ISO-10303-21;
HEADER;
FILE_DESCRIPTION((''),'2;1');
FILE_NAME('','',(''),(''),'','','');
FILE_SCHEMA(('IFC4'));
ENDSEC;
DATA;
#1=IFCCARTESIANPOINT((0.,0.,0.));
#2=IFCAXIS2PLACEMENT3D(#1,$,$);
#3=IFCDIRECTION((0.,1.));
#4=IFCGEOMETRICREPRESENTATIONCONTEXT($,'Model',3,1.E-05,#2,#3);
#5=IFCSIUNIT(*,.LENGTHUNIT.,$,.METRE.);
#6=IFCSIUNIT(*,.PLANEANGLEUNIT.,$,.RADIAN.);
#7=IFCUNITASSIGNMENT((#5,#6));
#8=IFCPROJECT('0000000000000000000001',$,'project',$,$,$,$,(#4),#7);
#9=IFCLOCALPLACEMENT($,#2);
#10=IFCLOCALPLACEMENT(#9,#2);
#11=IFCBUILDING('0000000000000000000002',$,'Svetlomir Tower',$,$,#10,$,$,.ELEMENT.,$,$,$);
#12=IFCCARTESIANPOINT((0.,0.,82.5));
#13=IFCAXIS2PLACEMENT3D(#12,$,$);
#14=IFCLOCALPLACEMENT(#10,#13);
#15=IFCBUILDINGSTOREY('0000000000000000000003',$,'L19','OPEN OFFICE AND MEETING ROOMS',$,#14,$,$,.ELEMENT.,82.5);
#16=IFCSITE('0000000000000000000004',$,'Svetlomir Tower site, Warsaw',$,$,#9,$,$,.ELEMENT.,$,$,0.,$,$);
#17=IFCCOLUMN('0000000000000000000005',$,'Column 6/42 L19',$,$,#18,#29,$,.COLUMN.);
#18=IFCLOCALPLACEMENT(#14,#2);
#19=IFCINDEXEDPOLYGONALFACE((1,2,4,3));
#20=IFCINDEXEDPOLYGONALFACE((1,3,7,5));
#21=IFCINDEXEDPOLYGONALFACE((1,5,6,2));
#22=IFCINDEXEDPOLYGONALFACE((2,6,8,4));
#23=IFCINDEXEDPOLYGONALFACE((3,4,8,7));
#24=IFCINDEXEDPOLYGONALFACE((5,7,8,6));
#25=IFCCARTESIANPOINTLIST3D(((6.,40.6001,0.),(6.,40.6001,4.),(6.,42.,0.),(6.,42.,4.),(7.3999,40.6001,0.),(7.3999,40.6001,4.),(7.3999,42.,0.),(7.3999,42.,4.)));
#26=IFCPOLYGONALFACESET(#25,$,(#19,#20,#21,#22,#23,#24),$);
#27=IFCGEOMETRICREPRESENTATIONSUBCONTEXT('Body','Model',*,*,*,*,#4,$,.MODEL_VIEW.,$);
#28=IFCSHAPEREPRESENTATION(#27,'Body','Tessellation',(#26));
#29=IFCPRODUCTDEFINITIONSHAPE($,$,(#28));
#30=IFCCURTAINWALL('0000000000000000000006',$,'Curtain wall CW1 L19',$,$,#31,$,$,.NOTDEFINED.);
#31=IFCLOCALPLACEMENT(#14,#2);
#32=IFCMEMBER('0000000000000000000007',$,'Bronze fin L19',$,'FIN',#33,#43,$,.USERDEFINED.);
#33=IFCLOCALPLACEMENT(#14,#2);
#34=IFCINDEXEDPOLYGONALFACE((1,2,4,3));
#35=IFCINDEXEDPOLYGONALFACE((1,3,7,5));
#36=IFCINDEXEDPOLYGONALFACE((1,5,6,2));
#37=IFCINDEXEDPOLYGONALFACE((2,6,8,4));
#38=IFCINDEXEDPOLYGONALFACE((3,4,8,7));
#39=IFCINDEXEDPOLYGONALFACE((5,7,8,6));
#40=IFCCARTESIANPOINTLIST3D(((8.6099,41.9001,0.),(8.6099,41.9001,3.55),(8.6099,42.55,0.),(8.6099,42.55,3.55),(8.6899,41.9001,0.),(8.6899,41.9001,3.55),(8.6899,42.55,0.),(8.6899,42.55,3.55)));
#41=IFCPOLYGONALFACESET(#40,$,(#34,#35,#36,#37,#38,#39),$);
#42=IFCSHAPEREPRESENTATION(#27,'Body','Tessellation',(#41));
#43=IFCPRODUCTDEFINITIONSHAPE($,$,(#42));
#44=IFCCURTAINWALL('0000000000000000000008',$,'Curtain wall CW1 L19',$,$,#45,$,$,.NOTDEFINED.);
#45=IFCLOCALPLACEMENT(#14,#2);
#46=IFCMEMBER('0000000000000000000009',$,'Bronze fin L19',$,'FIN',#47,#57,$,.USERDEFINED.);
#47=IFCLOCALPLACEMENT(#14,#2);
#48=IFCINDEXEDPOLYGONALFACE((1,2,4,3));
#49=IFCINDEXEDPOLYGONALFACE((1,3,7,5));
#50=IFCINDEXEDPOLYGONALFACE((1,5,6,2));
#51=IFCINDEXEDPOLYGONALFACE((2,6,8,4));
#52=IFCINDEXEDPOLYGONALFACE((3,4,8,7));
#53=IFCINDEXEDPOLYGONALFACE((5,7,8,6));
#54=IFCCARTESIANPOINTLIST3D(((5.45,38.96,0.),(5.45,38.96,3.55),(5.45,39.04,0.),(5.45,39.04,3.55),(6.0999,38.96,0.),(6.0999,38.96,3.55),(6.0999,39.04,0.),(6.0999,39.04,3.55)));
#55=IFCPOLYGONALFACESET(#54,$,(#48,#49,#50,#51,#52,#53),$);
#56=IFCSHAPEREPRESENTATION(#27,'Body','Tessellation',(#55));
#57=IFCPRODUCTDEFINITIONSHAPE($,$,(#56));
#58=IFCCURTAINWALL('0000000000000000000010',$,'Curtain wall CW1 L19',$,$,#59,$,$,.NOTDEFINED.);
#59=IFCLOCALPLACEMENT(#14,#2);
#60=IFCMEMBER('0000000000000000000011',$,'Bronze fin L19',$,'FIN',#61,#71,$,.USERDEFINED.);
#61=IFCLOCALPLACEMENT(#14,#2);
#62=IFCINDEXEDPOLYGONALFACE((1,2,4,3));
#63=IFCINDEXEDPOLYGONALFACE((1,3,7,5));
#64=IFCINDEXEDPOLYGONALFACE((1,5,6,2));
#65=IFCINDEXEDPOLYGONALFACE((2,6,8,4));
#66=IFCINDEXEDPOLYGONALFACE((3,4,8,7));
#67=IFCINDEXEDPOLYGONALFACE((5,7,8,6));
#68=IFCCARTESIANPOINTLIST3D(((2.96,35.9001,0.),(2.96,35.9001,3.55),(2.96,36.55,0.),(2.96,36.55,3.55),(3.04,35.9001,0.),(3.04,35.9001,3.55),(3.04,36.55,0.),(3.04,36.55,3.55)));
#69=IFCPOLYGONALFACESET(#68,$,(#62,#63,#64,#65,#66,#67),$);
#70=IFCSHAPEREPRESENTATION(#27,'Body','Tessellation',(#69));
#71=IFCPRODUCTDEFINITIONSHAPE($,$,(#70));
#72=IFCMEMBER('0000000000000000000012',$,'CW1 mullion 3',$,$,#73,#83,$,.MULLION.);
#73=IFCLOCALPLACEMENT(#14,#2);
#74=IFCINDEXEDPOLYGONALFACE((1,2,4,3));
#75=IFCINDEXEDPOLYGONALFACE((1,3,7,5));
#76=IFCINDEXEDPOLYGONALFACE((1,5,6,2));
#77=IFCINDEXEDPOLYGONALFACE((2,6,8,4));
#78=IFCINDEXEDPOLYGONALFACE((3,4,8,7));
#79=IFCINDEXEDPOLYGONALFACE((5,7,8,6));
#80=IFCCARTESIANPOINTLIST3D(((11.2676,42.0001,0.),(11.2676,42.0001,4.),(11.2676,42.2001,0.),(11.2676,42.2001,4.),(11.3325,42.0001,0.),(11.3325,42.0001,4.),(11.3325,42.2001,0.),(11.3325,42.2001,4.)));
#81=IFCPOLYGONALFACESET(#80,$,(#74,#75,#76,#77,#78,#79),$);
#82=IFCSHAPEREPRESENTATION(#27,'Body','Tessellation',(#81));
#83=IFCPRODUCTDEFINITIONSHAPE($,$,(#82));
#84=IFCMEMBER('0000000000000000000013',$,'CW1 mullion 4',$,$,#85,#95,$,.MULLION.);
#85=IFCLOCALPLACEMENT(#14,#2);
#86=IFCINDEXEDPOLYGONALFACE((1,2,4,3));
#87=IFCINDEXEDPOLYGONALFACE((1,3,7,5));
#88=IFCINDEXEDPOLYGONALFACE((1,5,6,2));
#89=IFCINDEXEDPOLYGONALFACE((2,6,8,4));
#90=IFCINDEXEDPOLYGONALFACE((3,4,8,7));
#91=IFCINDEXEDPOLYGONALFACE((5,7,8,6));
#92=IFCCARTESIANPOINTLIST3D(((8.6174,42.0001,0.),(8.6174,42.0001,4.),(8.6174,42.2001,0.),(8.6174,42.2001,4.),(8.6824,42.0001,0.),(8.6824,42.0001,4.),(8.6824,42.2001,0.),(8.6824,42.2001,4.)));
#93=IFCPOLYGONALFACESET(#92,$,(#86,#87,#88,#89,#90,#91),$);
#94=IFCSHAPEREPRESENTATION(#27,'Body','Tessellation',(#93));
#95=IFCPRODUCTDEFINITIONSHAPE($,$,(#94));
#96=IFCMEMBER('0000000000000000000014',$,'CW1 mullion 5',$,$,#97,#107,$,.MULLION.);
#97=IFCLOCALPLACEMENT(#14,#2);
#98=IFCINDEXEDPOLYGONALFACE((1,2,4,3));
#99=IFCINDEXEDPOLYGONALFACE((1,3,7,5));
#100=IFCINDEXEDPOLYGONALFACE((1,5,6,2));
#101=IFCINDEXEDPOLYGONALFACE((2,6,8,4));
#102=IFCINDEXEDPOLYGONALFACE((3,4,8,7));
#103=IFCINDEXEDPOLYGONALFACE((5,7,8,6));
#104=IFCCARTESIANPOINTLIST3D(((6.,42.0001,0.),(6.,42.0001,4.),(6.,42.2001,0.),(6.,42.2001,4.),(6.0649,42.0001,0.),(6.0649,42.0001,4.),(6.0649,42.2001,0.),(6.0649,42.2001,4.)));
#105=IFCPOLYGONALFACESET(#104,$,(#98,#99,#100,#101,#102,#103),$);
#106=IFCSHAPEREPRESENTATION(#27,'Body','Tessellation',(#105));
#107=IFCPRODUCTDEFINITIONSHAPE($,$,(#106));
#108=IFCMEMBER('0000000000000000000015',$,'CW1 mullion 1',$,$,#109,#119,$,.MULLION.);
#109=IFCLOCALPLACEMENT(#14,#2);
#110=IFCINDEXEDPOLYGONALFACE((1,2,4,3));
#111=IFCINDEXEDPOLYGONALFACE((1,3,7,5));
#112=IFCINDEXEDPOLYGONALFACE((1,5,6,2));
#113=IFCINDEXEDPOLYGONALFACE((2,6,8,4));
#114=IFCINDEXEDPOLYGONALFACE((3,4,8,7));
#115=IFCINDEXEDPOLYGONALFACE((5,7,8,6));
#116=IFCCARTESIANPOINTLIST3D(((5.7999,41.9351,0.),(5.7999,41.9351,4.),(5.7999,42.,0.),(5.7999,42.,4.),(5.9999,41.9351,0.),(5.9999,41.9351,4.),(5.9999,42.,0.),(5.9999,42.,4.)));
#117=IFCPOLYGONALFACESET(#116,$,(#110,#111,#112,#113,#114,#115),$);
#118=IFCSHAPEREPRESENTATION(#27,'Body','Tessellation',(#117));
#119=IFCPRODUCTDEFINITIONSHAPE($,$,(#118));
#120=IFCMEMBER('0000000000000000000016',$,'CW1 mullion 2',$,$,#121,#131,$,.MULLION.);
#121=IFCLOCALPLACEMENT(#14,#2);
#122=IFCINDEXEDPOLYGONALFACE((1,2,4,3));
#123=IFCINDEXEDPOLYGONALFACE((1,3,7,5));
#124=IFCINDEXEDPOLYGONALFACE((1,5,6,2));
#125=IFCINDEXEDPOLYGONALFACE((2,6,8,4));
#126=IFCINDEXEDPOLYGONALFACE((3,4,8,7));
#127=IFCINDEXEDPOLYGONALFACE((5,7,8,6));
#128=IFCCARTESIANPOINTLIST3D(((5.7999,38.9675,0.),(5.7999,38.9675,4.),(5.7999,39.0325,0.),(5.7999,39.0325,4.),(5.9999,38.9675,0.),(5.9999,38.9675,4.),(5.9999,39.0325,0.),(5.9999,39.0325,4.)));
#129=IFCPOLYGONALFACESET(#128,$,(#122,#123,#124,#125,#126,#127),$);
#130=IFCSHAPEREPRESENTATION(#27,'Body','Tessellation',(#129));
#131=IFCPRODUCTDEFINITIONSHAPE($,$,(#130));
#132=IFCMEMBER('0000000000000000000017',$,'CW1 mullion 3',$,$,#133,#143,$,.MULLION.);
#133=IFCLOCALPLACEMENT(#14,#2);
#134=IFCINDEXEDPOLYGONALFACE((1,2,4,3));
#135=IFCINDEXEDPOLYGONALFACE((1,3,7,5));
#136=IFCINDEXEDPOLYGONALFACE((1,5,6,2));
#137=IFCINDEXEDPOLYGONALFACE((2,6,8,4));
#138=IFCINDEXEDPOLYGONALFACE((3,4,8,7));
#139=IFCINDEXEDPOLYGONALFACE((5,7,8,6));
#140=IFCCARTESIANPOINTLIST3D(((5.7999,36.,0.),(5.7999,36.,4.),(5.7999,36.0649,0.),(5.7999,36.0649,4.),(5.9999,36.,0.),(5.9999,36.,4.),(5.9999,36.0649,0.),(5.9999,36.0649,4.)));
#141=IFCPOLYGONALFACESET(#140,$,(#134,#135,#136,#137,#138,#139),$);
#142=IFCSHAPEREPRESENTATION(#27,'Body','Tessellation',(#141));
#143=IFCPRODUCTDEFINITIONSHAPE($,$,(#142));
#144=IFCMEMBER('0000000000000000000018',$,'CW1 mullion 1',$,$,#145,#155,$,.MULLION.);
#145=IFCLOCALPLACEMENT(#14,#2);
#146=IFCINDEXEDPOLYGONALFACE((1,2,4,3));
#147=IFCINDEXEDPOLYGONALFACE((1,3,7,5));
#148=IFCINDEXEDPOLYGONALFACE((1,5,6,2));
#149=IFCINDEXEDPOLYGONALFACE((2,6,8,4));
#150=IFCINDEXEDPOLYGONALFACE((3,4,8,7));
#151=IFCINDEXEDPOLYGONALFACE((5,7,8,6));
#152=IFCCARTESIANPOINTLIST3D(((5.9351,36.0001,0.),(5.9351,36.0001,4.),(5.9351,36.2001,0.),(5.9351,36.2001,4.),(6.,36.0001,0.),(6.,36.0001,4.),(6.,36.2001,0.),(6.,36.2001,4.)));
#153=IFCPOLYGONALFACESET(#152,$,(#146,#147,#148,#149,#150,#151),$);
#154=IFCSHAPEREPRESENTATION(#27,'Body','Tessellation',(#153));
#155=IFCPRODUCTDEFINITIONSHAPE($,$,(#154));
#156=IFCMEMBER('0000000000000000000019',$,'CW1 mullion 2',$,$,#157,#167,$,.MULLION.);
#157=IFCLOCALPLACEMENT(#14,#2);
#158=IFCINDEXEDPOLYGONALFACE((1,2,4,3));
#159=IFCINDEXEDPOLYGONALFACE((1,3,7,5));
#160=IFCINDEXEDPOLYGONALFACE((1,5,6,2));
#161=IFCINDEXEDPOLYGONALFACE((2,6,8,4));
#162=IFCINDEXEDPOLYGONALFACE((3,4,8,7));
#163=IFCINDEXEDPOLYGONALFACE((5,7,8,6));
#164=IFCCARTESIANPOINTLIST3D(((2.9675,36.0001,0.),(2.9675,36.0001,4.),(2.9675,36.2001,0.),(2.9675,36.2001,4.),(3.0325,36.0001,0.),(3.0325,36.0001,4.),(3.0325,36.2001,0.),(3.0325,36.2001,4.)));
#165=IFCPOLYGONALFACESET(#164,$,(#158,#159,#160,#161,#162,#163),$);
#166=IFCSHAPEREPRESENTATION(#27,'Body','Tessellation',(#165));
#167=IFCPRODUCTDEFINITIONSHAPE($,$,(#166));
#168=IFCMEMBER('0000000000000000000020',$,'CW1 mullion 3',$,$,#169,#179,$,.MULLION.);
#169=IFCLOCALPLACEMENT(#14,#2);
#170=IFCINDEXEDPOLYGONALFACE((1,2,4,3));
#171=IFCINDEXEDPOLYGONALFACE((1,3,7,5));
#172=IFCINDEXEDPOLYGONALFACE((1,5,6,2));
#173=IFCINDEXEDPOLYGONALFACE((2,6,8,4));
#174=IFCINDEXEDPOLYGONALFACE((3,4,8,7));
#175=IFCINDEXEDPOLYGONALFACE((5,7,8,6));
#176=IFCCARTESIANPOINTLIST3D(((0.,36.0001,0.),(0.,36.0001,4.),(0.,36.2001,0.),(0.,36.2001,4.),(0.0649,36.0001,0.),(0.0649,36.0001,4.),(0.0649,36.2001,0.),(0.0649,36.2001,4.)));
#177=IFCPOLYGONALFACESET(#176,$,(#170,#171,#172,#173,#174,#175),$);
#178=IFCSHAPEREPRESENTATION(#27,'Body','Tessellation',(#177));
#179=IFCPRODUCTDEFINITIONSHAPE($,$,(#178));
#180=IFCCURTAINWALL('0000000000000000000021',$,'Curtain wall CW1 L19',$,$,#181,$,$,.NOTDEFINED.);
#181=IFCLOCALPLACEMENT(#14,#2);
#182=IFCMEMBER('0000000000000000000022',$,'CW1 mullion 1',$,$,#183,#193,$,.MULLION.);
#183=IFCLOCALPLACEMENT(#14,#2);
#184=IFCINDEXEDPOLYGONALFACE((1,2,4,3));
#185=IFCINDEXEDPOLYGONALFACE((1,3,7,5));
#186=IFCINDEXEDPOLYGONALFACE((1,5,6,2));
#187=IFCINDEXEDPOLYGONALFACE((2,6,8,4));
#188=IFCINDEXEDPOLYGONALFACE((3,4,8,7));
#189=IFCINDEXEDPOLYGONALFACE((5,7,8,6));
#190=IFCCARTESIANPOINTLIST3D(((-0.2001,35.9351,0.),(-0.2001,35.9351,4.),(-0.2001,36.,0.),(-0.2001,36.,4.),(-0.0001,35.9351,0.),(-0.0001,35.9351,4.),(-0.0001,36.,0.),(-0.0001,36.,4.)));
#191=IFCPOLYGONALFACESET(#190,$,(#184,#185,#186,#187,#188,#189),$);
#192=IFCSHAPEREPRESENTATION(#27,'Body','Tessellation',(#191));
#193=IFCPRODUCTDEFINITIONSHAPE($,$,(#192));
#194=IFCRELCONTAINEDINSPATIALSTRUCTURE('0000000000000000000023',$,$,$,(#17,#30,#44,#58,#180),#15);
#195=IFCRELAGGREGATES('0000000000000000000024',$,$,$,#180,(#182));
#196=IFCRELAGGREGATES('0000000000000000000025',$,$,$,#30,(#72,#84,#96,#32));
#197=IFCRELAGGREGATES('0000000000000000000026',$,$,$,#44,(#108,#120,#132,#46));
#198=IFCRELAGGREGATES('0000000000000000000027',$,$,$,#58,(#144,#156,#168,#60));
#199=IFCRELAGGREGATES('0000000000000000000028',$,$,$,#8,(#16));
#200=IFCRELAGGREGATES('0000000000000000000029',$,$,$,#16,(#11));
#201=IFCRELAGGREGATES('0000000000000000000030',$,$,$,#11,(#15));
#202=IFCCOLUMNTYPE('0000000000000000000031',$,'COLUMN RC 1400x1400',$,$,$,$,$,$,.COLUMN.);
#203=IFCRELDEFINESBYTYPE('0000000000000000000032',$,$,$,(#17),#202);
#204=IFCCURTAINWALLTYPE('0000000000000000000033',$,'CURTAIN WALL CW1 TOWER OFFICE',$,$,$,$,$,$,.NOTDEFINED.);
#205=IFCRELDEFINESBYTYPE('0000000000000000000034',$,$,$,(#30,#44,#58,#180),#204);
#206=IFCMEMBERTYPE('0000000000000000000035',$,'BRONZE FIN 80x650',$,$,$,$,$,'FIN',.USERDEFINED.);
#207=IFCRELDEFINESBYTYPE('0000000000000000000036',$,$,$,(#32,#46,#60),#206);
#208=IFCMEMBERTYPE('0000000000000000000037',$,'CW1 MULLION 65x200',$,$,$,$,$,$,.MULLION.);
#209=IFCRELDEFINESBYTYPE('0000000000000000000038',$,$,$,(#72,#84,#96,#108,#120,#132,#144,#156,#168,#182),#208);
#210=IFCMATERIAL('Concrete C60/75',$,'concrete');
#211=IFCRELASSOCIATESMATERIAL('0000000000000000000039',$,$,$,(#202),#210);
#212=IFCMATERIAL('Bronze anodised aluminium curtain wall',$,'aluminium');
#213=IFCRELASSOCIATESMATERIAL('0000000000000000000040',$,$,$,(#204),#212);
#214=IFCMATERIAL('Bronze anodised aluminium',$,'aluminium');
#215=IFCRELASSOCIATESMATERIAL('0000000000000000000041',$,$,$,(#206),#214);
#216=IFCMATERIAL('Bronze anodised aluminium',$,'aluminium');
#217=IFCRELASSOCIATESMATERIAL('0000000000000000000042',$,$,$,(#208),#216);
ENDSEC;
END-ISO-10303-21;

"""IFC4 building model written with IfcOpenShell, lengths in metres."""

from ifc_helpers import new_model, si_unit, direction, frame, origin, origin_2d, place, context, subcontext, project, spatial, rectangle, extrude, material, material_profile, profile_set, type_object, element, aggregate, save


model = new_model("IFC4")

# Units and contexts
model_context = context("Model", 3, precision=1e-05, world=origin(), true_north=direction((0.0, 1.0)))
body_context = subcontext(model_context, "Body", "Model", "MODEL_VIEW")
ifc_project = project(units=[si_unit("LENGTHUNIT", "METRE"), si_unit("PLANEANGLEUNIT", "RADIAN")], contexts=[model_context])

# Site, building, storey
site_placement = place(None, origin())
site = spatial("IfcSite", under=ifc_project, at=site_placement, Name="Svetlomir Tower site, Warsaw", CompositionType="ELEMENT", RefElevation=0.0)
building_placement = place(site_placement, origin())
building = spatial("IfcBuilding", under=site, at=building_placement, Name="Svetlomir Tower", CompositionType="ELEMENT")
storey_placement = place(building_placement, frame((0.0, 0.0, 82.5)))
storey = spatial("IfcBuildingStorey", under=building, at=storey_placement, Name="L19", Description="OPEN OFFICE AND MEETING ROOMS", CompositionType="ELEMENT", Elevation=82.5)

# Column
ifc_material_1 = material(Name="Concrete C60/75", Category="concrete")
ifc_material_profile_1 = material_profile(ifc_material_1, rectangle(XDim=1.3999, YDim=1.3999, at=origin_2d()), Name="RC 1400x1400")
ifc_profile_set_1 = profile_set([ifc_material_profile_1], Name="Concrete C60/75")
column_type = type_object("IfcColumnType", Name="COLUMN RC 1400x1400", PredefinedType="COLUMN", material=ifc_profile_set_1)
column_placement = place(storey_placement, frame((6.7, 41.3, 0.0), z_axis=(0.0, 0.0, 1.0), x_axis=(1.0, 0.0, 0.0)))
element("IfcColumn", 1, at=column_placement, inside=storey, type_object=column_type, Name="Column 6/42 L19", PredefinedType="COLUMN", context=body_context, shape_type="SweptSolid", body=[
    extrude(rectangle(XDim=1.3999, YDim=1.3999, at=origin_2d()), origin(), (0.0, 0.0, 1.0), 4.0),
])

# Curtain walls, members
ifc_material_2 = material(Name="Bronze anodised aluminium curtain wall", Category="aluminium")
curtain_wall_type = type_object("IfcCurtainWallType", Name="CURTAIN WALL CW1 TOWER OFFICE", PredefinedType="NOTDEFINED", material=ifc_material_2)
curtain_wall_1_placement = place(storey_placement, origin())
curtain_wall_1 = element("IfcCurtainWall", 2, at=curtain_wall_1_placement, inside=storey, type_object=curtain_wall_type, Name="Curtain wall CW1 L19", PredefinedType="NOTDEFINED")
ifc_material_3 = material(Name="Bronze anodised aluminium", Category="aluminium")
ifc_material_profile_2 = material_profile(ifc_material_3, rectangle(XDim=0.0801, YDim=0.6499, at=origin_2d()), Name="FIN 80x650")
ifc_profile_set_2 = profile_set([ifc_material_profile_2], Name="Bronze anodised aluminium 6063-T6")
member_type_1 = type_object("IfcMemberType", Name="BRONZE FIN 80x650", ElementType="FIN", PredefinedType="USERDEFINED", material=ifc_profile_set_2)
member_1_placement = place(storey_placement, frame((8.6499, 42.2251, 0.0), z_axis=(0.0, 0.0, 1.0), x_axis=(1.0, 0.0, 0.0)))
member_1 = element("IfcMember", 3, at=member_1_placement, type_object=member_type_1, Name="Bronze fin L19", ObjectType="FIN", PredefinedType="USERDEFINED", context=body_context, shape_type="SweptSolid", body=[
    extrude(rectangle(XDim=0.0801, YDim=0.6499, at=origin_2d()), origin(), (0.0, 0.0, 1.0), 3.55),
])
curtain_wall_2_placement = place(storey_placement, origin())
curtain_wall_2 = element("IfcCurtainWall", 4, at=curtain_wall_2_placement, inside=storey, type_object=curtain_wall_type, Name="Curtain wall CW1 L19", PredefinedType="NOTDEFINED")
member_2_placement = place(storey_placement, frame((5.7749, 39.0, 0.0), z_axis=(0.0, 0.0, 1.0), x_axis=(0.0, 1.0, 0.0)))
member_2 = element("IfcMember", 5, at=member_2_placement, type_object=member_type_1, Name="Bronze fin L19", ObjectType="FIN", PredefinedType="USERDEFINED", context=body_context, shape_type="SweptSolid", body=[
    extrude(rectangle(XDim=0.0801, YDim=0.6499, at=origin_2d()), origin(), (0.0, 0.0, 1.0), 3.55),
])
curtain_wall_3_placement = place(storey_placement, origin())
curtain_wall_3 = element("IfcCurtainWall", 6, at=curtain_wall_3_placement, inside=storey, type_object=curtain_wall_type, Name="Curtain wall CW1 L19", PredefinedType="NOTDEFINED")
member_3_placement = place(storey_placement, frame((3.0, 36.2251, 0.0), z_axis=(0.0, 0.0, 1.0), x_axis=(1.0, 0.0, 0.0)))
member_3 = element("IfcMember", 7, at=member_3_placement, type_object=member_type_1, Name="Bronze fin L19", ObjectType="FIN", PredefinedType="USERDEFINED", context=body_context, shape_type="SweptSolid", body=[
    extrude(rectangle(XDim=0.0801, YDim=0.6499, at=origin_2d()), origin(), (0.0, 0.0, 1.0), 3.55),
])

# Members
ifc_material_4 = material(Name="Bronze anodised aluminium", Category="aluminium")
ifc_material_profile_3 = material_profile(ifc_material_4, rectangle(XDim=0.0649, YDim=0.2, at=origin_2d()), Name="AL 65x200")
ifc_profile_set_3 = profile_set([ifc_material_profile_3], Name="Bronze anodised aluminium 6063-T6")
member_type_2 = type_object("IfcMemberType", Name="CW1 MULLION 65x200", PredefinedType="MULLION", material=ifc_profile_set_3)
member_4_placement = place(storey_placement, frame((11.3, 42.1001, 0.0), z_axis=(0.0, 0.0, 1.0), x_axis=(-1.0, 0.0, 0.0)))
member_4 = element("IfcMember", 8, at=member_4_placement, type_object=member_type_2, Name="CW1 mullion 3", PredefinedType="MULLION", context=body_context, shape_type="SweptSolid", body=[
    extrude(rectangle(XDim=0.0649, YDim=0.2, at=origin_2d()), origin(), (0.0, 0.0, 1.0), 4.0),
])
member_5_placement = place(storey_placement, frame((8.6499, 42.1001, 0.0), z_axis=(0.0, 0.0, 1.0), x_axis=(-1.0, 0.0, 0.0)))
member_5 = element("IfcMember", 9, at=member_5_placement, type_object=member_type_2, Name="CW1 mullion 4", PredefinedType="MULLION", context=body_context, shape_type="SweptSolid", body=[
    extrude(rectangle(XDim=0.0649, YDim=0.2, at=origin_2d()), origin(), (0.0, 0.0, 1.0), 4.0),
])
member_6_placement = place(storey_placement, frame((6.0325, 42.1001, 0.0), z_axis=(0.0, 0.0, 1.0), x_axis=(-1.0, 0.0, 0.0)))
member_6 = element("IfcMember", 10, at=member_6_placement, type_object=member_type_2, Name="CW1 mullion 5", PredefinedType="MULLION", context=body_context, shape_type="SweptSolid", body=[
    extrude(rectangle(XDim=0.0649, YDim=0.2, at=origin_2d()), origin(), (0.0, 0.0, 1.0), 4.0),
])
member_7_placement = place(storey_placement, frame((5.8999, 41.9675, 0.0), z_axis=(0.0, 0.0, 1.0), x_axis=(0.0, -1.0, 0.0)))
member_7 = element("IfcMember", 11, at=member_7_placement, type_object=member_type_2, Name="CW1 mullion 1", PredefinedType="MULLION", context=body_context, shape_type="SweptSolid", body=[
    extrude(rectangle(XDim=0.0649, YDim=0.2, at=origin_2d()), origin(), (0.0, 0.0, 1.0), 4.0),
])
member_8_placement = place(storey_placement, frame((5.8999, 39.0, 0.0), z_axis=(0.0, 0.0, 1.0), x_axis=(0.0, -1.0, 0.0)))
member_8 = element("IfcMember", 12, at=member_8_placement, type_object=member_type_2, Name="CW1 mullion 2", PredefinedType="MULLION", context=body_context, shape_type="SweptSolid", body=[
    extrude(rectangle(XDim=0.0649, YDim=0.2, at=origin_2d()), origin(), (0.0, 0.0, 1.0), 4.0),
])
member_9_placement = place(storey_placement, frame((5.8999, 36.0325, 0.0), z_axis=(0.0, 0.0, 1.0), x_axis=(0.0, -1.0, 0.0)))
member_9 = element("IfcMember", 13, at=member_9_placement, type_object=member_type_2, Name="CW1 mullion 3", PredefinedType="MULLION", context=body_context, shape_type="SweptSolid", body=[
    extrude(rectangle(XDim=0.0649, YDim=0.2, at=origin_2d()), origin(), (0.0, 0.0, 1.0), 4.0),
])
member_10_placement = place(storey_placement, frame((5.9675, 36.1001, 0.0), z_axis=(0.0, 0.0, 1.0), x_axis=(-1.0, 0.0, 0.0)))
member_10 = element("IfcMember", 14, at=member_10_placement, type_object=member_type_2, Name="CW1 mullion 1", PredefinedType="MULLION", context=body_context, shape_type="SweptSolid", body=[
    extrude(rectangle(XDim=0.0649, YDim=0.2, at=origin_2d()), origin(), (0.0, 0.0, 1.0), 4.0),
])
member_11_placement = place(storey_placement, frame((3.0, 36.1001, 0.0), z_axis=(0.0, 0.0, 1.0), x_axis=(-1.0, 0.0, 0.0)))
member_11 = element("IfcMember", 15, at=member_11_placement, type_object=member_type_2, Name="CW1 mullion 2", PredefinedType="MULLION", context=body_context, shape_type="SweptSolid", body=[
    extrude(rectangle(XDim=0.0649, YDim=0.2, at=origin_2d()), origin(), (0.0, 0.0, 1.0), 4.0),
])
member_12_placement = place(storey_placement, frame((0.0325, 36.1001, 0.0), z_axis=(0.0, 0.0, 1.0), x_axis=(-1.0, 0.0, 0.0)))
member_12 = element("IfcMember", 16, at=member_12_placement, type_object=member_type_2, Name="CW1 mullion 3", PredefinedType="MULLION", context=body_context, shape_type="SweptSolid", body=[
    extrude(rectangle(XDim=0.0649, YDim=0.2, at=origin_2d()), origin(), (0.0, 0.0, 1.0), 4.0),
])

# Curtain wall, member
curtain_wall_4_placement = place(storey_placement, origin())
curtain_wall_4 = element("IfcCurtainWall", 17, at=curtain_wall_4_placement, inside=storey, type_object=curtain_wall_type, Name="Curtain wall CW1 L19", PredefinedType="NOTDEFINED")
member_13_placement = place(storey_placement, frame((-0.1001, 35.9675, 0.0), z_axis=(0.0, 0.0, 1.0), x_axis=(0.0, -1.0, 0.0)))
member_13 = element("IfcMember", 18, at=member_13_placement, type_object=member_type_2, Name="CW1 mullion 1", PredefinedType="MULLION", context=body_context, shape_type="SweptSolid", body=[
    extrude(rectangle(XDim=0.0649, YDim=0.2, at=origin_2d()), origin(), (0.0, 0.0, 1.0), 4.0),
])

aggregate(curtain_wall_4, [member_13])

aggregate(curtain_wall_1, [member_4, member_5, member_6, member_1])
aggregate(curtain_wall_2, [member_7, member_8, member_9, member_2])
aggregate(curtain_wall_3, [member_10, member_11, member_12, member_3])

save(model, "model.ifc")
